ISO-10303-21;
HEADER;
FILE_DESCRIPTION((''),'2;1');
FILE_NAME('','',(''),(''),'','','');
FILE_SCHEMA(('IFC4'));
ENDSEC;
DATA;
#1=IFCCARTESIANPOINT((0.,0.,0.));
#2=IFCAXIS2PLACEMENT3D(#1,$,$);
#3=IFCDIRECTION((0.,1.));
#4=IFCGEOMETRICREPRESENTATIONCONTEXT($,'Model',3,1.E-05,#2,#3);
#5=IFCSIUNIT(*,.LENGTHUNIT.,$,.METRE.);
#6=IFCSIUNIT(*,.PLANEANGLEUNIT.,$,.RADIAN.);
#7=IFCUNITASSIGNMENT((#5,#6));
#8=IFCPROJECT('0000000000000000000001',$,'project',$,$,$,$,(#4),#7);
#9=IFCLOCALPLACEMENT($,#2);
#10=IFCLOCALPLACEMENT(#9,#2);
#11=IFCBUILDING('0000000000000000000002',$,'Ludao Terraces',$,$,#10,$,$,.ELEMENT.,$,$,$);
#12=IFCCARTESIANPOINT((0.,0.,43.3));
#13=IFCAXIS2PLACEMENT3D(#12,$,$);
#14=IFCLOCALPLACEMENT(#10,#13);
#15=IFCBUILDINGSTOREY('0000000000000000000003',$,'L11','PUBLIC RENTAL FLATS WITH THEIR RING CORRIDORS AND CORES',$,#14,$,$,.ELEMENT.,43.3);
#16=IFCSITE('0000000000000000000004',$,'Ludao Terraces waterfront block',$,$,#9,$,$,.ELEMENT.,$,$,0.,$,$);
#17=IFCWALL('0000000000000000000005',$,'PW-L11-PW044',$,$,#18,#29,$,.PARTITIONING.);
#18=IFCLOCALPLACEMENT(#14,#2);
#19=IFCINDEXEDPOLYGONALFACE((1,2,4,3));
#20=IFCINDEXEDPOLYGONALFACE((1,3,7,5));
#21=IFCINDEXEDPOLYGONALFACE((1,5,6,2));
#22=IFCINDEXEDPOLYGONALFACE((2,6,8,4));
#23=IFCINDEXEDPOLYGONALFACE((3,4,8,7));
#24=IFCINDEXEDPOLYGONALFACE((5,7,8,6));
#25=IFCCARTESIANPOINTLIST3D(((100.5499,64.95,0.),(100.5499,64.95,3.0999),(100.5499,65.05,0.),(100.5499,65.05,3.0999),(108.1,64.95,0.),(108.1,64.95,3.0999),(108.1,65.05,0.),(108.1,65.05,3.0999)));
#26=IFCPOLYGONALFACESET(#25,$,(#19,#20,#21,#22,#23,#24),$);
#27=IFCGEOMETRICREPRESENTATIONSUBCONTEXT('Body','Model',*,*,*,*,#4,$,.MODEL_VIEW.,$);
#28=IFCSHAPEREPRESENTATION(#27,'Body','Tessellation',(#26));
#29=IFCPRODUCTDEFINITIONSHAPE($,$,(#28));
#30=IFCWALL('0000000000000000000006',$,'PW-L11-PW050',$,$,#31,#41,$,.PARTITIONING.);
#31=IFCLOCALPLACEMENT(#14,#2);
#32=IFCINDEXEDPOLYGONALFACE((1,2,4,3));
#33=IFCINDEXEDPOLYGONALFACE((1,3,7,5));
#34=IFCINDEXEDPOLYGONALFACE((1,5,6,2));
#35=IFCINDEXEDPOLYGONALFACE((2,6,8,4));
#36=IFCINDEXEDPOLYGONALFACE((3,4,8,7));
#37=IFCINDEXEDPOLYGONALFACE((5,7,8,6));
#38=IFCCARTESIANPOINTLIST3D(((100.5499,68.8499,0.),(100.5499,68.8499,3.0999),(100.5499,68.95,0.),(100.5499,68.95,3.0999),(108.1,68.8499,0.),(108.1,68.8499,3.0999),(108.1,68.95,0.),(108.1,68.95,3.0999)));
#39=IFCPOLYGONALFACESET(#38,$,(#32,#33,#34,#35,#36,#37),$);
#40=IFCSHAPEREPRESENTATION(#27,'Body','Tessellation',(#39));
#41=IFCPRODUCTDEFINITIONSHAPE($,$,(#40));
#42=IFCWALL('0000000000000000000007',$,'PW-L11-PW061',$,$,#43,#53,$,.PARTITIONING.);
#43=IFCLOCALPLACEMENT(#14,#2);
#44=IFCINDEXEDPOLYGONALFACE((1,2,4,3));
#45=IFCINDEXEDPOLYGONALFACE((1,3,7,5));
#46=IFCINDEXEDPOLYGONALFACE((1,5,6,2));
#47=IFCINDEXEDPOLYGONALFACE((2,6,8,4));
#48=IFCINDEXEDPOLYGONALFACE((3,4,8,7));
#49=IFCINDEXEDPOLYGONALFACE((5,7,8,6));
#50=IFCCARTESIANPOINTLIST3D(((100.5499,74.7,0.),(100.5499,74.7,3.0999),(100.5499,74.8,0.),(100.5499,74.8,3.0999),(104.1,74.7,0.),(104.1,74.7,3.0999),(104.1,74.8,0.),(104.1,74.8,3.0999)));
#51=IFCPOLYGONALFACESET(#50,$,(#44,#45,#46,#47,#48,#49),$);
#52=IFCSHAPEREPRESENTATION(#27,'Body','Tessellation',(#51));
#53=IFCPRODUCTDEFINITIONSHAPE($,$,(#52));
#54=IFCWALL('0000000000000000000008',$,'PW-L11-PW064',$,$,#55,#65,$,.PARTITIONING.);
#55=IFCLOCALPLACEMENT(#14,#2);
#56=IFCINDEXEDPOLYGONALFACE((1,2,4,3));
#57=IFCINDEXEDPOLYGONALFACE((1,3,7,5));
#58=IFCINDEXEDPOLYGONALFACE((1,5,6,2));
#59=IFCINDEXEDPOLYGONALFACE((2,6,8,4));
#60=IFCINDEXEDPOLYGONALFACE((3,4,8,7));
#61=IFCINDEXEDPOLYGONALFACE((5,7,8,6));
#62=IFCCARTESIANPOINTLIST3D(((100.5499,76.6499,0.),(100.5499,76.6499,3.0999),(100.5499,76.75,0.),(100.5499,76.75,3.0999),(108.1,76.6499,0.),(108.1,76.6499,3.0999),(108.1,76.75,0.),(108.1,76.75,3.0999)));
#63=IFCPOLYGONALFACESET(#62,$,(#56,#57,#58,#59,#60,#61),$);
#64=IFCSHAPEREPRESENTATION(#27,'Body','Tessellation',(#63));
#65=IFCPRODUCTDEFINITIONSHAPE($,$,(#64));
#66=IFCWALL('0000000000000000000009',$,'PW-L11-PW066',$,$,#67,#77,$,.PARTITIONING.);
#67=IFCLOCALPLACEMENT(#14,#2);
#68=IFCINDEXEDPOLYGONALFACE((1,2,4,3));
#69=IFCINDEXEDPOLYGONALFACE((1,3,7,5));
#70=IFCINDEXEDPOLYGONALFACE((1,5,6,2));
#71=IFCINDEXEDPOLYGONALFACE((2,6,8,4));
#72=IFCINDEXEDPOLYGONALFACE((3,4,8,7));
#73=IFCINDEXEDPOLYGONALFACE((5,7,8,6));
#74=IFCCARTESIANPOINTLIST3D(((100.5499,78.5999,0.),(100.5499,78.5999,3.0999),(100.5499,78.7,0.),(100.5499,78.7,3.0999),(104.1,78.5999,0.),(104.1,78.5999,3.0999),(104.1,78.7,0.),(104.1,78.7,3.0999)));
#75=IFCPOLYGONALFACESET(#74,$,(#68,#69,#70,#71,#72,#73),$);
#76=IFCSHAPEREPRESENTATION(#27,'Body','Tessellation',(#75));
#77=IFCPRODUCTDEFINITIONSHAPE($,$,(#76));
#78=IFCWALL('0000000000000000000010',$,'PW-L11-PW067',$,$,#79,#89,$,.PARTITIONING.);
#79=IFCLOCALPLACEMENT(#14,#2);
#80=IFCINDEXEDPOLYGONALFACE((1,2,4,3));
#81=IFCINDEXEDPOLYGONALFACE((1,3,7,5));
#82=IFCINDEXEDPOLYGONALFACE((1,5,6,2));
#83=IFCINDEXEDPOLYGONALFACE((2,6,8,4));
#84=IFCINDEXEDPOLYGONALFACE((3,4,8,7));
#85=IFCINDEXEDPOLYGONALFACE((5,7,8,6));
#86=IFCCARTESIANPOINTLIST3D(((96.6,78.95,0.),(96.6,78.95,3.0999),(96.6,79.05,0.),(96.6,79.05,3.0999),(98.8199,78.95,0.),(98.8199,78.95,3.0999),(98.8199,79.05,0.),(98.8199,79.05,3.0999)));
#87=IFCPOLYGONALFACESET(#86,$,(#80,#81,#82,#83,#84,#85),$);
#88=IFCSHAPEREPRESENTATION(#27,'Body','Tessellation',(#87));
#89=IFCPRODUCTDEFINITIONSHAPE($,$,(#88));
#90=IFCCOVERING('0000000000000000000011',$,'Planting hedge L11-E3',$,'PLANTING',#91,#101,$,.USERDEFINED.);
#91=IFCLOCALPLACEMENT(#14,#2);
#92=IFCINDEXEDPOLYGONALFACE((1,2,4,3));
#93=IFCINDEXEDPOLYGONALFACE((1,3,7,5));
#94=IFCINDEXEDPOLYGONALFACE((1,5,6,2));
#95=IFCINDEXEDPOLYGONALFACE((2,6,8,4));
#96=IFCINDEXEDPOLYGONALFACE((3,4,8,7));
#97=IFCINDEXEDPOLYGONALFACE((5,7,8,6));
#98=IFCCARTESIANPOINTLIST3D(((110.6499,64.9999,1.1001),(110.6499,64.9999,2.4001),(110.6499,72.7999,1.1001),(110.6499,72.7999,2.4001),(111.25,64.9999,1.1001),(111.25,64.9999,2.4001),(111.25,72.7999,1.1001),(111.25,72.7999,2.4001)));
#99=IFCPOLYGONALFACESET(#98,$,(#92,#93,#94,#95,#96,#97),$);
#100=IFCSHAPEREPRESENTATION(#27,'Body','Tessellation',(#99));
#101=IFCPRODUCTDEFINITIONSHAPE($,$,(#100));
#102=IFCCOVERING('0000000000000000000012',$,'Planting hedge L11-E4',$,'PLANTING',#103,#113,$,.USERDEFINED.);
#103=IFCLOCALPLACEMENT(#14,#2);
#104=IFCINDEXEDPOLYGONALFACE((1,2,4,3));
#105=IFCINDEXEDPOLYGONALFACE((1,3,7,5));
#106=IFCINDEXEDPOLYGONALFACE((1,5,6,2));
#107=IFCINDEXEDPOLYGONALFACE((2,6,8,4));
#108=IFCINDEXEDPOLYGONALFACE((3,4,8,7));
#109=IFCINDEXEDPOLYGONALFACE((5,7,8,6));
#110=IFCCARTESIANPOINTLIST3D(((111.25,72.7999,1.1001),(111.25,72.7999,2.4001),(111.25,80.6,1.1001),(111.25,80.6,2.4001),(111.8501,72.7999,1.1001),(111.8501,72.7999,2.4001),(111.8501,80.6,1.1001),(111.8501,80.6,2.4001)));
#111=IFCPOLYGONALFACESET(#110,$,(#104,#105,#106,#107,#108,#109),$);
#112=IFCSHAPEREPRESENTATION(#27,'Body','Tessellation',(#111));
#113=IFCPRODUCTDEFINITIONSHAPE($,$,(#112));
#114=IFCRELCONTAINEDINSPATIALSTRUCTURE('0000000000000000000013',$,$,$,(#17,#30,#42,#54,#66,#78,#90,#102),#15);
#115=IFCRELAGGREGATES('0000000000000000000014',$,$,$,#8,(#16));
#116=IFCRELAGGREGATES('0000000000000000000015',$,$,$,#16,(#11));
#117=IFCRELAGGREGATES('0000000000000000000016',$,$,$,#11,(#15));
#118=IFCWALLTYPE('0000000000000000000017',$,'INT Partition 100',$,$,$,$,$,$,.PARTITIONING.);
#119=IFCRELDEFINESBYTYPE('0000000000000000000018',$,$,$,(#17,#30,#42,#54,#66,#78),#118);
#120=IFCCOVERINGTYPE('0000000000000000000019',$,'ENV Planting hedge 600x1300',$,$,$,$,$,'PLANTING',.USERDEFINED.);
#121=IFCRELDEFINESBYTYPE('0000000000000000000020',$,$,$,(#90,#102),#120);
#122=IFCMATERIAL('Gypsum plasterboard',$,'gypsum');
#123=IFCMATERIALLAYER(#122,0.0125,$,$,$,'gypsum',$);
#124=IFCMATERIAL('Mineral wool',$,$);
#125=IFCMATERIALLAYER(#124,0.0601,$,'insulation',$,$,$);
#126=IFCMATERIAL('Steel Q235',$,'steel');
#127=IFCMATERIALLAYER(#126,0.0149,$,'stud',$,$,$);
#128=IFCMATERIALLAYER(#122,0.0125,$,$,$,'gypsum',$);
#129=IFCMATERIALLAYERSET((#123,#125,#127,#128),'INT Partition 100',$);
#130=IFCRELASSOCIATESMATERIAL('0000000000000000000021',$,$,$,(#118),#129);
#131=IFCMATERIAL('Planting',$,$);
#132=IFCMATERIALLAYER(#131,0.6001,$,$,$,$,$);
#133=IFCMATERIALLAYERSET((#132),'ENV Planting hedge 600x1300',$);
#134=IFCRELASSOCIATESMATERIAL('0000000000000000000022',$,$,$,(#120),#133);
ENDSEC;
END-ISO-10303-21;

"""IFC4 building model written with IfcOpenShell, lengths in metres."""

from ifc_helpers import new_model, si_unit, direction, frame, frame_2d, origin, origin_2d, place, context, subcontext, project, spatial, rectangle, extrude, material, layer, layer_set, type_object, element, save


model = new_model("IFC4")

# Units and contexts
model_context = context("Model", 3, precision=1e-05, world=origin(), true_north=direction((0.0, 1.0)))
body_context = subcontext(model_context, "Body", "Model", "MODEL_VIEW")
ifc_project = project(units=[si_unit("LENGTHUNIT", "METRE"), si_unit("PLANEANGLEUNIT", "RADIAN")], contexts=[model_context])

# Site, building, storey
site_placement = place(None, origin())
site = spatial("IfcSite", under=ifc_project, at=site_placement, Name="Ludao Terraces waterfront block", CompositionType="ELEMENT", RefElevation=0.0)
building_placement = place(site_placement, origin())
building = spatial("IfcBuilding", under=site, at=building_placement, Name="Ludao Terraces", CompositionType="ELEMENT")
storey_placement = place(building_placement, frame((0.0, 0.0, 43.3)))
storey = spatial("IfcBuildingStorey", under=building, at=storey_placement, Name="L11", Description="PUBLIC RENTAL FLATS WITH THEIR RING CORRIDORS AND CORES", CompositionType="ELEMENT", Elevation=43.3)

# Shared definitions
ifc_material_1 = material(Name="Mineral wool")

# Walls
ifc_material_2 = material(Name="Gypsum plasterboard", Category="gypsum")
ifc_layer_1 = layer(ifc_material_2, 0.0125, Category="gypsum")
ifc_layer_2 = layer(ifc_material_1, 0.0601, Name="insulation")
ifc_material_3 = material(Name="Steel Q235", Category="steel")
ifc_layer_3 = layer(ifc_material_3, 0.0149, Name="stud")
ifc_layer_4 = layer(ifc_material_2, 0.0125, Category="gypsum")
ifc_layer_set_1 = layer_set([ifc_layer_1, ifc_layer_2, ifc_layer_3, ifc_layer_4], Name="INT Partition 100")
wall_type_1 = type_object("IfcWallType", Name="INT Partition 100", PredefinedType="PARTITIONING", material=ifc_layer_set_1)
for number, where, z_axis, x_axis, name in (
    (1, (100.55, 65.0, 0.0), (0.0, 0.0, 1.0), (1.0, 0.0, 0.0), "PW-L11-PW044"),
    (2, (100.55, 68.8999, 0.0), (0.0, 0.0, 1.0), (1.0, 0.0, 0.0), "PW-L11-PW050"),
):
    element("IfcWall", number, at=place(storey_placement, frame(where, z_axis=z_axis, x_axis=x_axis)), inside=storey, type_object=wall_type_1, Name=name, PredefinedType="PARTITIONING", context=body_context, shape_type="SweptSolid", body=[
        extrude(rectangle(XDim=7.55, YDim=0.1001, at=frame_2d((3.7749, 0.0))), origin(), (0.0, 0.0, 1.0), 3.0999),
    ])
wall_1_placement = place(storey_placement, frame((100.55, 74.75, 0.0), z_axis=(0.0, 0.0, 1.0), x_axis=(1.0, 0.0, 0.0)))
element("IfcWall", 3, at=wall_1_placement, inside=storey, type_object=wall_type_1, Name="PW-L11-PW061", PredefinedType="PARTITIONING", context=body_context, shape_type="SweptSolid", body=[
    extrude(rectangle(XDim=3.55, YDim=0.1001, at=frame_2d((1.7749, 0.0))), origin(), (0.0, 0.0, 1.0), 3.0999),
])
wall_2_placement = place(storey_placement, frame((100.55, 76.7, 0.0), z_axis=(0.0, 0.0, 1.0), x_axis=(1.0, 0.0, 0.0)))
element("IfcWall", 4, at=wall_2_placement, inside=storey, type_object=wall_type_1, Name="PW-L11-PW064", PredefinedType="PARTITIONING", context=body_context, shape_type="SweptSolid", body=[
    extrude(rectangle(XDim=7.55, YDim=0.1001, at=frame_2d((3.7749, 0.0))), origin(), (0.0, 0.0, 1.0), 3.0999),
])
wall_3_placement = place(storey_placement, frame((100.55, 78.6499, 0.0), z_axis=(0.0, 0.0, 1.0), x_axis=(1.0, 0.0, 0.0)))
element("IfcWall", 5, at=wall_3_placement, inside=storey, type_object=wall_type_1, Name="PW-L11-PW066", PredefinedType="PARTITIONING", context=body_context, shape_type="SweptSolid", body=[
    extrude(rectangle(XDim=3.55, YDim=0.1001, at=frame_2d((1.7749, 0.0))), origin(), (0.0, 0.0, 1.0), 3.0999),
])
wall_4_placement = place(storey_placement, frame((96.6001, 79.0, 0.0), z_axis=(0.0, 0.0, 1.0), x_axis=(1.0, 0.0, 0.0)))
element("IfcWall", 6, at=wall_4_placement, inside=storey, type_object=wall_type_1, Name="PW-L11-PW067", PredefinedType="PARTITIONING", context=body_context, shape_type="SweptSolid", body=[
    extrude(rectangle(XDim=2.22, YDim=0.1001, at=frame_2d((1.1099, 0.0))), origin(), (0.0, 0.0, 1.0), 3.0999),
])

# Coverings
ifc_material_4 = material(Name="Planting")
ifc_layer_5 = layer(ifc_material_4, 0.6001)
ifc_layer_set_2 = layer_set([ifc_layer_5], Name="ENV Planting hedge 600x1300")
covering_type = type_object("IfcCoveringType", Name="ENV Planting hedge 600x1300", ElementType="PLANTING", PredefinedType="USERDEFINED", material=ifc_layer_set_2)
for number, where, z_axis, x_axis, name in (
    (7, (110.95, 68.8999, 1.1001), (0.0, 0.0, 1.0), (1.0, 0.0, 0.0), "Planting hedge L11-E3"),
    (8, (111.55, 76.7, 1.1001), (0.0, 0.0, 1.0), (1.0, 0.0, 0.0), "Planting hedge L11-E4"),
):
    element("IfcCovering", number, at=place(storey_placement, frame(where, z_axis=z_axis, x_axis=x_axis)), inside=storey, type_object=covering_type, Name=name, ObjectType="PLANTING", PredefinedType="USERDEFINED", context=body_context, shape_type="SweptSolid", body=[
        extrude(rectangle(XDim=0.6001, YDim=7.8, at=origin_2d()), origin(), (0.0, 0.0, 1.0), 1.3),
    ])

save(model, "model.ifc")
